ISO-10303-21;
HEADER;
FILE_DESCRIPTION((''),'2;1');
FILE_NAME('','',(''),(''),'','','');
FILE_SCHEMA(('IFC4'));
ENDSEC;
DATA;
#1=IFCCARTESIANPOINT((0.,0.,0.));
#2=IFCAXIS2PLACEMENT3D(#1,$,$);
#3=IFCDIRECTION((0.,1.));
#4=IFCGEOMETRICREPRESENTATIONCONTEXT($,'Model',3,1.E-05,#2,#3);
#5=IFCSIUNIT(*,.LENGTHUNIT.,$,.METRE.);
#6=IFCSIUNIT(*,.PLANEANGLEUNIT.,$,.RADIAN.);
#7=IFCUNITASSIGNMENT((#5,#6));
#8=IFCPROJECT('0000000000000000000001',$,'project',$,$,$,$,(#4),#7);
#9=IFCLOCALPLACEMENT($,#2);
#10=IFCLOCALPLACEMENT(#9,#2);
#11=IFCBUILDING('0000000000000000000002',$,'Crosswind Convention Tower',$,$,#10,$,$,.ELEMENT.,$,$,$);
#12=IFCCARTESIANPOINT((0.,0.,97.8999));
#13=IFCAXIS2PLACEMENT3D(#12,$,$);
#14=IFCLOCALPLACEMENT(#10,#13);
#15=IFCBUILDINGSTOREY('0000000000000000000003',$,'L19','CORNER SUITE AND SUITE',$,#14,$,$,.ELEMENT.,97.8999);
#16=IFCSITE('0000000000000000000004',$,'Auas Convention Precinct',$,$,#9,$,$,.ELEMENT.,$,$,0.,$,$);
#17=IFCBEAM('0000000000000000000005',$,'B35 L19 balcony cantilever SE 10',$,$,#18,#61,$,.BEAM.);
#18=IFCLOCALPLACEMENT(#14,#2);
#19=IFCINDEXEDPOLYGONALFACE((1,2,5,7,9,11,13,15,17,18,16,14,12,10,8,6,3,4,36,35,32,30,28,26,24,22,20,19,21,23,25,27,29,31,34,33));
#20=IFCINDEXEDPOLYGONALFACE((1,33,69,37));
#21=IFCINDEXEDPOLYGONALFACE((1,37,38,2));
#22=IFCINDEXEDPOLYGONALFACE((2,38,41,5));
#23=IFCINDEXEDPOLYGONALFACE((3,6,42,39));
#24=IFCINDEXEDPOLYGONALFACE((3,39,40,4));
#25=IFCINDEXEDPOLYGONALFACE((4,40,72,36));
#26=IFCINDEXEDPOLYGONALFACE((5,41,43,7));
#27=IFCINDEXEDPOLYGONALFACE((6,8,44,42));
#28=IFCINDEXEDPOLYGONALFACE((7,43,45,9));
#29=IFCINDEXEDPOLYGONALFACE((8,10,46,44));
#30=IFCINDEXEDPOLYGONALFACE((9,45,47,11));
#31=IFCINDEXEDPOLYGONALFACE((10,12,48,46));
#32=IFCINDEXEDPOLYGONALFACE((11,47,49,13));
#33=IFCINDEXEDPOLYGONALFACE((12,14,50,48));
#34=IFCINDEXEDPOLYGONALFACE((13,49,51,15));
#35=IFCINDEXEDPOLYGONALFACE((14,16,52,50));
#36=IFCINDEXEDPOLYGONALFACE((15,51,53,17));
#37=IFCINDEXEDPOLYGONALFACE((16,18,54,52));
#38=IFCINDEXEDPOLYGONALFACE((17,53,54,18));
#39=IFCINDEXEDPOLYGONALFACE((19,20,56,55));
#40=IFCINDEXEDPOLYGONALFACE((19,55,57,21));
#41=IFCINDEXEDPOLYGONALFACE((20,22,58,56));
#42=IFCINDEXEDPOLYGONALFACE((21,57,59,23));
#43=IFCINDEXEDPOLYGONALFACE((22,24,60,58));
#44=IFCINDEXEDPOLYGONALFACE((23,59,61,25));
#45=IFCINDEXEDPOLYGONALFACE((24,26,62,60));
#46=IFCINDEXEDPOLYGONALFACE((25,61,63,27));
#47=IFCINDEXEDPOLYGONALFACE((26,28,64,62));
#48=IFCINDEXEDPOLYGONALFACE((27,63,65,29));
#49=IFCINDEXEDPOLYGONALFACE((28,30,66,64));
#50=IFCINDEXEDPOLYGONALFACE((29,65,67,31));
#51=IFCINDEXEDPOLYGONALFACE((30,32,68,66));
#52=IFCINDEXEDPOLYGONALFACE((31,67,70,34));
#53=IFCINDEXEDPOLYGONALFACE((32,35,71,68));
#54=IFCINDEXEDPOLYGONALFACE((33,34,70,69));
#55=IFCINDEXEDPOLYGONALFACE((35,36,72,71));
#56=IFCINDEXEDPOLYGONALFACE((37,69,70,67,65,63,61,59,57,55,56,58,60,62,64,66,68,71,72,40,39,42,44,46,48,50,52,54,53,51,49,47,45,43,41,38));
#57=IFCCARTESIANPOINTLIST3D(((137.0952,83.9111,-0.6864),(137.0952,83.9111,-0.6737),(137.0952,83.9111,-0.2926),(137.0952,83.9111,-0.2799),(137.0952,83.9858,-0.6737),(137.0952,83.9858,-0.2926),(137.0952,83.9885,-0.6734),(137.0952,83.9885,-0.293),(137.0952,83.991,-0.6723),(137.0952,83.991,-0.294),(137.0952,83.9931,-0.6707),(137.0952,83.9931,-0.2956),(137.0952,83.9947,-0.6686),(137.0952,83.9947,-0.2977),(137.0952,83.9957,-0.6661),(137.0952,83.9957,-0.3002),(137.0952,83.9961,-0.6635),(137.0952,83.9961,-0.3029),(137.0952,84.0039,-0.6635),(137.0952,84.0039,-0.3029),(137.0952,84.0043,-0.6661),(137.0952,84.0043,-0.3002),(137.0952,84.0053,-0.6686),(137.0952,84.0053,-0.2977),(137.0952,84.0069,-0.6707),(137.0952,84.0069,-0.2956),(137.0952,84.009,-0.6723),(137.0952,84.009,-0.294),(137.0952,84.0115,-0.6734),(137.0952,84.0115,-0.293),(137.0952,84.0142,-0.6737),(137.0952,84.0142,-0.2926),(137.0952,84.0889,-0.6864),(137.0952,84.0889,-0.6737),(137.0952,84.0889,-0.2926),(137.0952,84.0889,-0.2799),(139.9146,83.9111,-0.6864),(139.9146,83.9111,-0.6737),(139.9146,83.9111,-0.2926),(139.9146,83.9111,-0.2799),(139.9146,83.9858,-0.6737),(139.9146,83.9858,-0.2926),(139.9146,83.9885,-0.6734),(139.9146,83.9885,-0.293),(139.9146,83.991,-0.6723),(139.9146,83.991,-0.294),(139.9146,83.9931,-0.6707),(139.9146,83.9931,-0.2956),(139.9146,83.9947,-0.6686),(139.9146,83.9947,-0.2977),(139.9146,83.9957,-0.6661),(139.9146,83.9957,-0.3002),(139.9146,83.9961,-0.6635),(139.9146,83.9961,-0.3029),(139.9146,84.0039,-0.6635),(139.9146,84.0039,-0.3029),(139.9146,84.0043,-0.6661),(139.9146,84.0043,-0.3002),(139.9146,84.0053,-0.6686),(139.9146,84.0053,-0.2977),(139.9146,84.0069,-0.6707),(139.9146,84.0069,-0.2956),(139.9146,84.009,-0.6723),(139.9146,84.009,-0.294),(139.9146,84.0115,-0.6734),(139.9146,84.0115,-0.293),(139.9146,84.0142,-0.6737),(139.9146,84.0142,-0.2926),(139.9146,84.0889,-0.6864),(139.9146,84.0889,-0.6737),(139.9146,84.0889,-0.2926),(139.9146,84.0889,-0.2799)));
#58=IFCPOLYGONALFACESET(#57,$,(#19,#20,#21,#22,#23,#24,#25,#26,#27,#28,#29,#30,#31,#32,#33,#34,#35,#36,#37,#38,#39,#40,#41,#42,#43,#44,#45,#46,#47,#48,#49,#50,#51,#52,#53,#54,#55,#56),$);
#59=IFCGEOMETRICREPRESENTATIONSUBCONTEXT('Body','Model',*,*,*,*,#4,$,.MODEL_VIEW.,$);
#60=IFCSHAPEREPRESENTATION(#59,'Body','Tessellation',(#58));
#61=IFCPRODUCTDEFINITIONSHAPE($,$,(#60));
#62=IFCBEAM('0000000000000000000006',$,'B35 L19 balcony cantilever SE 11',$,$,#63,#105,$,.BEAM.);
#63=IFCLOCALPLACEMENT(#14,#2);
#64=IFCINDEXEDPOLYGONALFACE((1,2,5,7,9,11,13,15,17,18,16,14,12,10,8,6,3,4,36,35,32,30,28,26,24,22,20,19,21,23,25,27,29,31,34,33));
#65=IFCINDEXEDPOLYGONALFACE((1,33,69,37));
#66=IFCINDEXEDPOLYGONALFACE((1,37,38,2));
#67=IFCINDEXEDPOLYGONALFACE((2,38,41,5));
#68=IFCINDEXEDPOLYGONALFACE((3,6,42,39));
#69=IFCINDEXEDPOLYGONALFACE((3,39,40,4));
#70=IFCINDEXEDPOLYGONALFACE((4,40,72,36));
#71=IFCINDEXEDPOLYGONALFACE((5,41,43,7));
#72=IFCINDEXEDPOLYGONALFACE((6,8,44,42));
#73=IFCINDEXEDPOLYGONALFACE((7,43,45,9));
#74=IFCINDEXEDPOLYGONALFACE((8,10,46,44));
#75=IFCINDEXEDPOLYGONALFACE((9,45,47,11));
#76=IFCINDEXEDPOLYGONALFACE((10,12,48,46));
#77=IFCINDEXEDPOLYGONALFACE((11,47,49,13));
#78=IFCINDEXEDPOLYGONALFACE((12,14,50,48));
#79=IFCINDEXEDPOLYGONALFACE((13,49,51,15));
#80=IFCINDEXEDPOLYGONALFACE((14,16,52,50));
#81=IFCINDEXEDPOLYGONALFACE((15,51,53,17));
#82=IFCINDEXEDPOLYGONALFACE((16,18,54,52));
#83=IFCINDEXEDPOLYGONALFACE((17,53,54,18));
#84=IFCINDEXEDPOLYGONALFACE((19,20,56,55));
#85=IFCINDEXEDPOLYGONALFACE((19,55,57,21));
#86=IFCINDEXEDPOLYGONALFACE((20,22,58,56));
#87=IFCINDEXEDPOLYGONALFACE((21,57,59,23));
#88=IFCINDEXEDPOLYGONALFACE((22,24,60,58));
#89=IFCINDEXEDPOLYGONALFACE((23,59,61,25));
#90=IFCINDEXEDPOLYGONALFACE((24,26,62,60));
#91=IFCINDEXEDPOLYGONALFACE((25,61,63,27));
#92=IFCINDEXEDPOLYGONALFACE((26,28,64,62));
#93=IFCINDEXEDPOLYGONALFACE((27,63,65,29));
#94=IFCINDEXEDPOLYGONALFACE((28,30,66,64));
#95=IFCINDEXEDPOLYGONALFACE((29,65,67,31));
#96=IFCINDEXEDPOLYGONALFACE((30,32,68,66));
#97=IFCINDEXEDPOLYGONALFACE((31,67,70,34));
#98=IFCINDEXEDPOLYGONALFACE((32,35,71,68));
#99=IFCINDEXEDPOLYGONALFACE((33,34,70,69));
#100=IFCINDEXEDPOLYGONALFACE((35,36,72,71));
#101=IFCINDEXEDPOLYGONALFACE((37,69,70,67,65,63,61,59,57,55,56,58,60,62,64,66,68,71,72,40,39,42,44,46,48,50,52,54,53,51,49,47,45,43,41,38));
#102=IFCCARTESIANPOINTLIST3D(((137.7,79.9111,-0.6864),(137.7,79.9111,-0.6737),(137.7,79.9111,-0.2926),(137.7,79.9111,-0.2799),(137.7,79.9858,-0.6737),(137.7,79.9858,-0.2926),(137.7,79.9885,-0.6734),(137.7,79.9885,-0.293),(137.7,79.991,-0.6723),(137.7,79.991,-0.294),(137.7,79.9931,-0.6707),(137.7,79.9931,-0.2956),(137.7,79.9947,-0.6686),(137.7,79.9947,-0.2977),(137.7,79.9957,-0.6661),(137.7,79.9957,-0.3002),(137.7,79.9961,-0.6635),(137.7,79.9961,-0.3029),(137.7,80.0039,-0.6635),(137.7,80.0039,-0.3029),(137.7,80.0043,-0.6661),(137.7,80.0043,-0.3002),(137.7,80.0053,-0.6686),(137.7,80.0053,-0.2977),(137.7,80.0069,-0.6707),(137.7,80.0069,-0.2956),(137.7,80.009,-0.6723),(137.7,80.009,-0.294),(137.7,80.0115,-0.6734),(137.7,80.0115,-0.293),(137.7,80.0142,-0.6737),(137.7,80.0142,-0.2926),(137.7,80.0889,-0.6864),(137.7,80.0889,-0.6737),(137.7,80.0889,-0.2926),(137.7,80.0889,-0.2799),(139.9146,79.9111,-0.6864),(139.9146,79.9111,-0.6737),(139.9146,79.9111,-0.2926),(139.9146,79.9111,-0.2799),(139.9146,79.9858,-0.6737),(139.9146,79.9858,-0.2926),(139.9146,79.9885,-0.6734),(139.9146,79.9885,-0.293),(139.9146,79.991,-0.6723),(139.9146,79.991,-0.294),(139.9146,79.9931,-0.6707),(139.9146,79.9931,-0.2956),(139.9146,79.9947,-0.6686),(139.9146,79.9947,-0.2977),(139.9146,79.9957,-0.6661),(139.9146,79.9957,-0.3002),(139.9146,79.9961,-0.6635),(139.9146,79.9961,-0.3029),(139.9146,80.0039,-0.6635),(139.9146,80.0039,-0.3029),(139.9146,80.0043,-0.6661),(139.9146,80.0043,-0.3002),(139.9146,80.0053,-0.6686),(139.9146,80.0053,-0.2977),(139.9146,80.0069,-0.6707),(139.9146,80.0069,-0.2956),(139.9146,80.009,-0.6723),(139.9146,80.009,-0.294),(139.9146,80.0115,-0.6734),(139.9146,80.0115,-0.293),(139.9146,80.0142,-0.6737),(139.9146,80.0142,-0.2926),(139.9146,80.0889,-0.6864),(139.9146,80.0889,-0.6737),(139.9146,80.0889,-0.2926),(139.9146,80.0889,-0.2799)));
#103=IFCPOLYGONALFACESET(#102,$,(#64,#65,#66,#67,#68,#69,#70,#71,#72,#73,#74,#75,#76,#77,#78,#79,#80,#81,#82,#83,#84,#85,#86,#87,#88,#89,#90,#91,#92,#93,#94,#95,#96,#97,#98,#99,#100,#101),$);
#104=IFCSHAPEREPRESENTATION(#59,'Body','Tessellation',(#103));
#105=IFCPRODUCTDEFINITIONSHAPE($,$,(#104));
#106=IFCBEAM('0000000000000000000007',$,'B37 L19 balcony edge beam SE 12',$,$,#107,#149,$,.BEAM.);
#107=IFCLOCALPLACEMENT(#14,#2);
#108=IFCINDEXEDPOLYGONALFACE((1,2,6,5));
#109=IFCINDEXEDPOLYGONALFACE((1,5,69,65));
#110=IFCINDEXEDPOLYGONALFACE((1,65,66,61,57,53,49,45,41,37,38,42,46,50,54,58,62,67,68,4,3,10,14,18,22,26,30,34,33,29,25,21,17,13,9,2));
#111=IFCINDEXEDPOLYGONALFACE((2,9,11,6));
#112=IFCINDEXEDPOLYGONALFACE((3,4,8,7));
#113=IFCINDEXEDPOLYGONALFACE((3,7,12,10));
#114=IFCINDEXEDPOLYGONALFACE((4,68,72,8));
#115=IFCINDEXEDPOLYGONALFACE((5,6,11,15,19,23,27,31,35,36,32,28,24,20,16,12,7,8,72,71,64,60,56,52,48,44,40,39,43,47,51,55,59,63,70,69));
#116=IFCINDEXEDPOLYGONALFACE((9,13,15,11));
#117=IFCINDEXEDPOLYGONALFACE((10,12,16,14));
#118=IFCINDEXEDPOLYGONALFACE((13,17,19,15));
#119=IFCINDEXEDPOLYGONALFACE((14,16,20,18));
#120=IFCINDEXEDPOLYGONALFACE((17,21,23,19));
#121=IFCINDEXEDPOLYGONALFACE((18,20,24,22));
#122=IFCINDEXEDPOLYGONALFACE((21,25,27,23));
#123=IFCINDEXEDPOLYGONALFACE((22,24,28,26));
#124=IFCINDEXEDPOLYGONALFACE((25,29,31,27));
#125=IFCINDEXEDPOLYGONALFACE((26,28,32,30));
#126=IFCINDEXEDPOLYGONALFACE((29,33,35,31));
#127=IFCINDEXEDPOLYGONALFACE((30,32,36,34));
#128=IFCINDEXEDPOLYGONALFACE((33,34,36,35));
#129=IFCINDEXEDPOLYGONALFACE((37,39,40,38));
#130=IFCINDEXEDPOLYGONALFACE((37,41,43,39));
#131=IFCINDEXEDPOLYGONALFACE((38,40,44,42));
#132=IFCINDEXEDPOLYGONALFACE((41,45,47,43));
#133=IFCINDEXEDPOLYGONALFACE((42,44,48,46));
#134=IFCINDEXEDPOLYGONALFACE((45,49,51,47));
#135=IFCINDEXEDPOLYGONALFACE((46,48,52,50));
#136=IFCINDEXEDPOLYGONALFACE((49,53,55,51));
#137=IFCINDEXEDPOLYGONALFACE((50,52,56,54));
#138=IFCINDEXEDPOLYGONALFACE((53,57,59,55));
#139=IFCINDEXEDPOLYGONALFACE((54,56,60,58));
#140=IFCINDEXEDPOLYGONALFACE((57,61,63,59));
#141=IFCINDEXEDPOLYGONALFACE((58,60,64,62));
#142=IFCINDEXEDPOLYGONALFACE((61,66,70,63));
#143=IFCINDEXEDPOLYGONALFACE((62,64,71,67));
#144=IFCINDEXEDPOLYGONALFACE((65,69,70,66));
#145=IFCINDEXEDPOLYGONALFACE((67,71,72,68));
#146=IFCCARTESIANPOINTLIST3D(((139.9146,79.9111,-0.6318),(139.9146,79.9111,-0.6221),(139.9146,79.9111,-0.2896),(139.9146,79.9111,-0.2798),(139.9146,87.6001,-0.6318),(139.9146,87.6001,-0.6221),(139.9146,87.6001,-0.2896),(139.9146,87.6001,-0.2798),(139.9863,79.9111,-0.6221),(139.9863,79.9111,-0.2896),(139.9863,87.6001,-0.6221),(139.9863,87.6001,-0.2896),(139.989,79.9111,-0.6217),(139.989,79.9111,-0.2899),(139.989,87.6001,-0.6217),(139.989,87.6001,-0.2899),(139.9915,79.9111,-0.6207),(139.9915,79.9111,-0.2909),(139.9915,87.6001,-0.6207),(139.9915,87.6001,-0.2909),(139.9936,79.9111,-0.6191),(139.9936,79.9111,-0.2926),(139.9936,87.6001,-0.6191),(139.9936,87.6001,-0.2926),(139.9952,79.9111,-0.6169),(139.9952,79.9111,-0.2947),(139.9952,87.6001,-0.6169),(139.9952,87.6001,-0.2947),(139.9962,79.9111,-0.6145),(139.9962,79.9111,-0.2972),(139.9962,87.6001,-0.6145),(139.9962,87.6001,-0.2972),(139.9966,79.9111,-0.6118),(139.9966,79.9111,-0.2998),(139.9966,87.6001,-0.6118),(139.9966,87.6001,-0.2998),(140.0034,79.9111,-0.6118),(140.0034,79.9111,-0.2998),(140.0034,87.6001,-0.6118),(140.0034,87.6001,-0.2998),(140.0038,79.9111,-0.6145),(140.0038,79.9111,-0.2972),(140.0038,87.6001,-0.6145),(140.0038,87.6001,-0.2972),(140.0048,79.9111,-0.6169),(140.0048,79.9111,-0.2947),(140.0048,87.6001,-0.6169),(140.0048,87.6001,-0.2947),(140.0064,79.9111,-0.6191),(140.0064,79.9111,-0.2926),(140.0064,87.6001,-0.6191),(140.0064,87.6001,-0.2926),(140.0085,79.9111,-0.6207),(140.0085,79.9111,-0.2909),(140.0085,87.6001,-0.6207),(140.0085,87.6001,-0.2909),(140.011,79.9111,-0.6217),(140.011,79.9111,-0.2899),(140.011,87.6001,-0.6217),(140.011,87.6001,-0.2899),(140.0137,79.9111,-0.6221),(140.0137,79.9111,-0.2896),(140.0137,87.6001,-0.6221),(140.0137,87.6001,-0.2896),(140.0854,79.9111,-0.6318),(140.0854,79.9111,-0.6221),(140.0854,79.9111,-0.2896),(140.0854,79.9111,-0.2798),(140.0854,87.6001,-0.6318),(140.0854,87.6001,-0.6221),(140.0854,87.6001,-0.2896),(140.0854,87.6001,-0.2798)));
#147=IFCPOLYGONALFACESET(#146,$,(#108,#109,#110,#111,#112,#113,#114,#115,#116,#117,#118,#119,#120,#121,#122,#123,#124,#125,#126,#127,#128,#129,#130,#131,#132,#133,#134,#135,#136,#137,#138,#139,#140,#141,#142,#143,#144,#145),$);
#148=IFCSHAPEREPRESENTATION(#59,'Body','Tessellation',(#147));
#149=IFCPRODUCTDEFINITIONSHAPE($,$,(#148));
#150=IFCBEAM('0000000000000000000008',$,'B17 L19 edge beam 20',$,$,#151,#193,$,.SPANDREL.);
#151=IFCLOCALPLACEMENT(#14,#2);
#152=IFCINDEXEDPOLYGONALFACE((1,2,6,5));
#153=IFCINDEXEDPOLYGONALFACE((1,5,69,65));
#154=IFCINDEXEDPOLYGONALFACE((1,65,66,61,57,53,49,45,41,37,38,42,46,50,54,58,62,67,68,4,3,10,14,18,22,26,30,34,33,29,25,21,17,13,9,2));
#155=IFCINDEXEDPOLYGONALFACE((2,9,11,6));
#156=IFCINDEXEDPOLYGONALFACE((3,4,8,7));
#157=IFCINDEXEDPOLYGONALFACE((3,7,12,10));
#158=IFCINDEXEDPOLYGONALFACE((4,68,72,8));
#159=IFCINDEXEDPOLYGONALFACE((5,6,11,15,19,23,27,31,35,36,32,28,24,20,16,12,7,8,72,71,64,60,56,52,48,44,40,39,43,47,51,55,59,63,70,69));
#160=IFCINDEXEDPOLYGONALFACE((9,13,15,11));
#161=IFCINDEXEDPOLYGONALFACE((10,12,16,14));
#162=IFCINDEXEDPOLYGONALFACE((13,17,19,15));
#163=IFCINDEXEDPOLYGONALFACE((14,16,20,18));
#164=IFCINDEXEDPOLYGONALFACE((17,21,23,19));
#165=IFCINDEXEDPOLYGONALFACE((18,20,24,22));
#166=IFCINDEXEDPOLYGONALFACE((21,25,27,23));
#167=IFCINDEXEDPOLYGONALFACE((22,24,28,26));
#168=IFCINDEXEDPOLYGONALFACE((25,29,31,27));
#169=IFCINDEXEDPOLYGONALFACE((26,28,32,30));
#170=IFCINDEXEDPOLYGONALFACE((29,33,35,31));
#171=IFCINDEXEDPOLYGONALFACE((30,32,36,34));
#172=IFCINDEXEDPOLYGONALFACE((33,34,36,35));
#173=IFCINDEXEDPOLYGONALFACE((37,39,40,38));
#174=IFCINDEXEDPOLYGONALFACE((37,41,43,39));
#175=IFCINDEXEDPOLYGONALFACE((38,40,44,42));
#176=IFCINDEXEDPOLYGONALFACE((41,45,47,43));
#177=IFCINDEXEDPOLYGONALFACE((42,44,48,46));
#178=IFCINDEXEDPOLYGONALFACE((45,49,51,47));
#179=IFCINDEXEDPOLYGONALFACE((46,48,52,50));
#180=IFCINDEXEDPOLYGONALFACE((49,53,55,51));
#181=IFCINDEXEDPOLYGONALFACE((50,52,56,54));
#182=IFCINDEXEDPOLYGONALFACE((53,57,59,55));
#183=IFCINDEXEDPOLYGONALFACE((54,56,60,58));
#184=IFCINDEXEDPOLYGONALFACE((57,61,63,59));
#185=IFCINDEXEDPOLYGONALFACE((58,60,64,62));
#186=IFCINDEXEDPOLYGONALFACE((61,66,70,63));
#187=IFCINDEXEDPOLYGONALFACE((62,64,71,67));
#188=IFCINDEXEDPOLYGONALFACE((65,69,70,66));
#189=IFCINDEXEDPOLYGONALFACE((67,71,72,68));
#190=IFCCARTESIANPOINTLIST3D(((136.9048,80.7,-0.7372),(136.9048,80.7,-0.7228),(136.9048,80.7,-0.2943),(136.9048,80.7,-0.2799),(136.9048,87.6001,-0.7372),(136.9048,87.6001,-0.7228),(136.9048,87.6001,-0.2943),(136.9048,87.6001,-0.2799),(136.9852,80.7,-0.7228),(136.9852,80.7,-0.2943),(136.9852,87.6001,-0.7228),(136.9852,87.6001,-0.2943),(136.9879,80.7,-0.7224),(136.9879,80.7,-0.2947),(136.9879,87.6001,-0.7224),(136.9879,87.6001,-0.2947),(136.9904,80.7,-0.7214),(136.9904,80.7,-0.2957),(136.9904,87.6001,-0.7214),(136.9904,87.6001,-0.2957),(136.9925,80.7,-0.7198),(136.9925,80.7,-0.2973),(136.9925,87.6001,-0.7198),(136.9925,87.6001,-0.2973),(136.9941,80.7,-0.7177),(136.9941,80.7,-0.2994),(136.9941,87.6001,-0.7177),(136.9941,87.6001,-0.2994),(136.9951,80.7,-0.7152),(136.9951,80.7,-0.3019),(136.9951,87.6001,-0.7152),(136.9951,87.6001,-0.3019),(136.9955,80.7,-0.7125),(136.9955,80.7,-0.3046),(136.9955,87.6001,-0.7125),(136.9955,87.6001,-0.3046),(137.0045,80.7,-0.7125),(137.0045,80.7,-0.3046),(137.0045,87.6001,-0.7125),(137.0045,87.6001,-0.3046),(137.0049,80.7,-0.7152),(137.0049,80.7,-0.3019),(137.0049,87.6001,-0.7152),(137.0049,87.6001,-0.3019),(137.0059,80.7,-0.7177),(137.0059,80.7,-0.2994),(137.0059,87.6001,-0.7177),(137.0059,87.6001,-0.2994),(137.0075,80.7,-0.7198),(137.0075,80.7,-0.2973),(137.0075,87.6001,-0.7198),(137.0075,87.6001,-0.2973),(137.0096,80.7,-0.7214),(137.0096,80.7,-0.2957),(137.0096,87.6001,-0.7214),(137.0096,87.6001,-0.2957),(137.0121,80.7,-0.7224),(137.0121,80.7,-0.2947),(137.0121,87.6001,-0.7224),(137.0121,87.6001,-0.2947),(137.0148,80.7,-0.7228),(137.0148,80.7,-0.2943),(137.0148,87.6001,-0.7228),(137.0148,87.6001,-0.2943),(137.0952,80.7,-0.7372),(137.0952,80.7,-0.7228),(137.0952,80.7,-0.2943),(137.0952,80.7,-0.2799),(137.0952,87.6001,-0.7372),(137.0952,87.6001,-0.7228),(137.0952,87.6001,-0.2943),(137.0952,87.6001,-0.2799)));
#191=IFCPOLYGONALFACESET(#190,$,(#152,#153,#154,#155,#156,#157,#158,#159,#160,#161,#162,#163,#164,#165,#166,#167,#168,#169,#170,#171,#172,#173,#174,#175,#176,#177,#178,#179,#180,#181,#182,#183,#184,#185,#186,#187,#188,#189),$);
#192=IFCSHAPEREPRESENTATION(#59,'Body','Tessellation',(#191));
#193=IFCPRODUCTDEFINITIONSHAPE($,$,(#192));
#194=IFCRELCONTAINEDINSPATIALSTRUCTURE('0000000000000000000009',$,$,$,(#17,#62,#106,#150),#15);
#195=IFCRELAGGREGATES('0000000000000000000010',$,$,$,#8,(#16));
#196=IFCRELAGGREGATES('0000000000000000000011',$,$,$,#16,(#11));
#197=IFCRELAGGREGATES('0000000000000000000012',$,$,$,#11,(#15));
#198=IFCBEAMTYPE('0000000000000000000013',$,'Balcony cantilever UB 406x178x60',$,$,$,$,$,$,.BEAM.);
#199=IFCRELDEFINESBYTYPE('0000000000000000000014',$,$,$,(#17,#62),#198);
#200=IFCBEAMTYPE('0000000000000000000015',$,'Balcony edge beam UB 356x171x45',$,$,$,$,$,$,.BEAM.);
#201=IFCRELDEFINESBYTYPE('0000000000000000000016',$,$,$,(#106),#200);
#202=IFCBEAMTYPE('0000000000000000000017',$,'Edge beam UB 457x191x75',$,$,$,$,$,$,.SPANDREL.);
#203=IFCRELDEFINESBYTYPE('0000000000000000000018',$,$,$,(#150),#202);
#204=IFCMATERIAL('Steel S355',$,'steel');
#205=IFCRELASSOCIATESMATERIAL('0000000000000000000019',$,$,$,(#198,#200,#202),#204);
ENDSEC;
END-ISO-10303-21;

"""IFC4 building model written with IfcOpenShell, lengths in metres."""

from ifc_helpers import new_model, si_unit, direction, frame, origin, origin_2d, place, context, subcontext, project, spatial, i_section, extrude, material, material_profile, profile_set, type_object, element, save


model = new_model("IFC4")

# Units and contexts
model_context = context("Model", 3, precision=1e-05, world=origin(), true_north=direction((0.0, 1.0)))
body_context = subcontext(model_context, "Body", "Model", "MODEL_VIEW")
ifc_project = project(units=[si_unit("LENGTHUNIT", "METRE"), si_unit("PLANEANGLEUNIT", "RADIAN")], contexts=[model_context])

# Site, building, storey
site_placement = place(None, origin())
site = spatial("IfcSite", under=ifc_project, at=site_placement, Name="Auas Convention Precinct", CompositionType="ELEMENT", RefElevation=0.0)
building_placement = place(site_placement, origin())
building = spatial("IfcBuilding", under=site, at=building_placement, Name="Crosswind Convention Tower", CompositionType="ELEMENT")
storey_placement = place(building_placement, frame((0.0, 0.0, 97.8999)))
storey = spatial("IfcBuildingStorey", under=building, at=storey_placement, Name="L19", Description="CORNER SUITE AND SUITE", CompositionType="ELEMENT", Elevation=97.8999)

# Beams
ifc_material_1 = material(Name="Steel S355", Category="steel")
ifc_material_profile_1 = material_profile(ifc_material_1, i_section(OverallWidth=0.1777, OverallDepth=0.4065, WebThickness=0.0078, FlangeThickness=0.0127, FilletRadius=0.0103, at=origin_2d()), Name="UB 406x178x60")
ifc_profile_set_1 = profile_set([ifc_material_profile_1], Name="Steel S355")
beam_type_1 = type_object("IfcBeamType", Name="Balcony cantilever UB 406x178x60", PredefinedType="BEAM", material=ifc_profile_set_1)
beam_1_placement = place(storey_placement, frame((137.0952, 84.0, -0.4832), z_axis=(1.0, 0.0, 0.0), x_axis=(0.0, 1.0, 0.0)))
element("IfcBeam", 1, at=beam_1_placement, inside=storey, type_object=beam_type_1, Name="B35 L19 balcony cantilever SE 10", PredefinedType="BEAM", context=body_context, shape_type="SweptSolid", body=[
    extrude(i_section(OverallWidth=0.1777, OverallDepth=0.4065, WebThickness=0.0078, FlangeThickness=0.0127, FilletRadius=0.0103, at=origin_2d()), origin(), (0.0, 0.0, 1.0), 2.8193),
])
beam_2_placement = place(storey_placement, frame((137.7, 80.0, -0.4832), z_axis=(1.0, 0.0, 0.0), x_axis=(0.0, 1.0, 0.0)))
element("IfcBeam", 2, at=beam_2_placement, inside=storey, type_object=beam_type_1, Name="B35 L19 balcony cantilever SE 11", PredefinedType="BEAM", context=body_context, shape_type="SweptSolid", body=[
    extrude(i_section(OverallWidth=0.1777, OverallDepth=0.4065, WebThickness=0.0078, FlangeThickness=0.0127, FilletRadius=0.0103, at=origin_2d()), origin(), (0.0, 0.0, 1.0), 2.2146),
])
ifc_material_profile_2 = material_profile(ifc_material_1, i_section(OverallWidth=0.1709, OverallDepth=0.3521, WebThickness=0.0068, FlangeThickness=0.0098, FilletRadius=0.0103, at=origin_2d()), Name="UB 356x171x45")
ifc_profile_set_2 = profile_set([ifc_material_profile_2], Name="Steel S355")
beam_type_2 = type_object("IfcBeamType", Name="Balcony edge beam UB 356x171x45", PredefinedType="BEAM", material=ifc_profile_set_2)
beam_3_placement = place(storey_placement, frame((140.0, 87.6001, -0.4558), z_axis=(0.0, -1.0, 0.0), x_axis=(1.0, 0.0, 0.0)))
element("IfcBeam", 3, at=beam_3_placement, inside=storey, type_object=beam_type_2, Name="B37 L19 balcony edge beam SE 12", PredefinedType="BEAM", context=body_context, shape_type="SweptSolid", body=[
    extrude(i_section(OverallWidth=0.1709, OverallDepth=0.3521, WebThickness=0.0068, FlangeThickness=0.0098, FilletRadius=0.0103, at=origin_2d()), origin(), (0.0, 0.0, 1.0), 7.689),
])
ifc_material_profile_3 = material_profile(ifc_material_1, i_section(OverallWidth=0.1904, OverallDepth=0.4573, WebThickness=0.009, FlangeThickness=0.0144, FilletRadius=0.0103, at=origin_2d()), Name="UB 457x191x75")
ifc_profile_set_3 = profile_set([ifc_material_profile_3], Name="Steel S355")
beam_type_3 = type_object("IfcBeamType", Name="Edge beam UB 457x191x75", PredefinedType="SPANDREL", material=ifc_profile_set_3)
beam_4_placement = place(storey_placement, frame((137.0, 80.7, -0.5085), z_axis=(0.0, 1.0, 0.0), x_axis=(-1.0, 0.0, 0.0)))
element("IfcBeam", 4, at=beam_4_placement, inside=storey, type_object=beam_type_3, Name="B17 L19 edge beam 20", PredefinedType="SPANDREL", context=body_context, shape_type="SweptSolid", body=[
    extrude(i_section(OverallWidth=0.1904, OverallDepth=0.4573, WebThickness=0.009, FlangeThickness=0.0144, FilletRadius=0.0103, at=origin_2d()), origin(), (0.0, 0.0, 1.0), 6.9001),
])

save(model, "model.ifc")
